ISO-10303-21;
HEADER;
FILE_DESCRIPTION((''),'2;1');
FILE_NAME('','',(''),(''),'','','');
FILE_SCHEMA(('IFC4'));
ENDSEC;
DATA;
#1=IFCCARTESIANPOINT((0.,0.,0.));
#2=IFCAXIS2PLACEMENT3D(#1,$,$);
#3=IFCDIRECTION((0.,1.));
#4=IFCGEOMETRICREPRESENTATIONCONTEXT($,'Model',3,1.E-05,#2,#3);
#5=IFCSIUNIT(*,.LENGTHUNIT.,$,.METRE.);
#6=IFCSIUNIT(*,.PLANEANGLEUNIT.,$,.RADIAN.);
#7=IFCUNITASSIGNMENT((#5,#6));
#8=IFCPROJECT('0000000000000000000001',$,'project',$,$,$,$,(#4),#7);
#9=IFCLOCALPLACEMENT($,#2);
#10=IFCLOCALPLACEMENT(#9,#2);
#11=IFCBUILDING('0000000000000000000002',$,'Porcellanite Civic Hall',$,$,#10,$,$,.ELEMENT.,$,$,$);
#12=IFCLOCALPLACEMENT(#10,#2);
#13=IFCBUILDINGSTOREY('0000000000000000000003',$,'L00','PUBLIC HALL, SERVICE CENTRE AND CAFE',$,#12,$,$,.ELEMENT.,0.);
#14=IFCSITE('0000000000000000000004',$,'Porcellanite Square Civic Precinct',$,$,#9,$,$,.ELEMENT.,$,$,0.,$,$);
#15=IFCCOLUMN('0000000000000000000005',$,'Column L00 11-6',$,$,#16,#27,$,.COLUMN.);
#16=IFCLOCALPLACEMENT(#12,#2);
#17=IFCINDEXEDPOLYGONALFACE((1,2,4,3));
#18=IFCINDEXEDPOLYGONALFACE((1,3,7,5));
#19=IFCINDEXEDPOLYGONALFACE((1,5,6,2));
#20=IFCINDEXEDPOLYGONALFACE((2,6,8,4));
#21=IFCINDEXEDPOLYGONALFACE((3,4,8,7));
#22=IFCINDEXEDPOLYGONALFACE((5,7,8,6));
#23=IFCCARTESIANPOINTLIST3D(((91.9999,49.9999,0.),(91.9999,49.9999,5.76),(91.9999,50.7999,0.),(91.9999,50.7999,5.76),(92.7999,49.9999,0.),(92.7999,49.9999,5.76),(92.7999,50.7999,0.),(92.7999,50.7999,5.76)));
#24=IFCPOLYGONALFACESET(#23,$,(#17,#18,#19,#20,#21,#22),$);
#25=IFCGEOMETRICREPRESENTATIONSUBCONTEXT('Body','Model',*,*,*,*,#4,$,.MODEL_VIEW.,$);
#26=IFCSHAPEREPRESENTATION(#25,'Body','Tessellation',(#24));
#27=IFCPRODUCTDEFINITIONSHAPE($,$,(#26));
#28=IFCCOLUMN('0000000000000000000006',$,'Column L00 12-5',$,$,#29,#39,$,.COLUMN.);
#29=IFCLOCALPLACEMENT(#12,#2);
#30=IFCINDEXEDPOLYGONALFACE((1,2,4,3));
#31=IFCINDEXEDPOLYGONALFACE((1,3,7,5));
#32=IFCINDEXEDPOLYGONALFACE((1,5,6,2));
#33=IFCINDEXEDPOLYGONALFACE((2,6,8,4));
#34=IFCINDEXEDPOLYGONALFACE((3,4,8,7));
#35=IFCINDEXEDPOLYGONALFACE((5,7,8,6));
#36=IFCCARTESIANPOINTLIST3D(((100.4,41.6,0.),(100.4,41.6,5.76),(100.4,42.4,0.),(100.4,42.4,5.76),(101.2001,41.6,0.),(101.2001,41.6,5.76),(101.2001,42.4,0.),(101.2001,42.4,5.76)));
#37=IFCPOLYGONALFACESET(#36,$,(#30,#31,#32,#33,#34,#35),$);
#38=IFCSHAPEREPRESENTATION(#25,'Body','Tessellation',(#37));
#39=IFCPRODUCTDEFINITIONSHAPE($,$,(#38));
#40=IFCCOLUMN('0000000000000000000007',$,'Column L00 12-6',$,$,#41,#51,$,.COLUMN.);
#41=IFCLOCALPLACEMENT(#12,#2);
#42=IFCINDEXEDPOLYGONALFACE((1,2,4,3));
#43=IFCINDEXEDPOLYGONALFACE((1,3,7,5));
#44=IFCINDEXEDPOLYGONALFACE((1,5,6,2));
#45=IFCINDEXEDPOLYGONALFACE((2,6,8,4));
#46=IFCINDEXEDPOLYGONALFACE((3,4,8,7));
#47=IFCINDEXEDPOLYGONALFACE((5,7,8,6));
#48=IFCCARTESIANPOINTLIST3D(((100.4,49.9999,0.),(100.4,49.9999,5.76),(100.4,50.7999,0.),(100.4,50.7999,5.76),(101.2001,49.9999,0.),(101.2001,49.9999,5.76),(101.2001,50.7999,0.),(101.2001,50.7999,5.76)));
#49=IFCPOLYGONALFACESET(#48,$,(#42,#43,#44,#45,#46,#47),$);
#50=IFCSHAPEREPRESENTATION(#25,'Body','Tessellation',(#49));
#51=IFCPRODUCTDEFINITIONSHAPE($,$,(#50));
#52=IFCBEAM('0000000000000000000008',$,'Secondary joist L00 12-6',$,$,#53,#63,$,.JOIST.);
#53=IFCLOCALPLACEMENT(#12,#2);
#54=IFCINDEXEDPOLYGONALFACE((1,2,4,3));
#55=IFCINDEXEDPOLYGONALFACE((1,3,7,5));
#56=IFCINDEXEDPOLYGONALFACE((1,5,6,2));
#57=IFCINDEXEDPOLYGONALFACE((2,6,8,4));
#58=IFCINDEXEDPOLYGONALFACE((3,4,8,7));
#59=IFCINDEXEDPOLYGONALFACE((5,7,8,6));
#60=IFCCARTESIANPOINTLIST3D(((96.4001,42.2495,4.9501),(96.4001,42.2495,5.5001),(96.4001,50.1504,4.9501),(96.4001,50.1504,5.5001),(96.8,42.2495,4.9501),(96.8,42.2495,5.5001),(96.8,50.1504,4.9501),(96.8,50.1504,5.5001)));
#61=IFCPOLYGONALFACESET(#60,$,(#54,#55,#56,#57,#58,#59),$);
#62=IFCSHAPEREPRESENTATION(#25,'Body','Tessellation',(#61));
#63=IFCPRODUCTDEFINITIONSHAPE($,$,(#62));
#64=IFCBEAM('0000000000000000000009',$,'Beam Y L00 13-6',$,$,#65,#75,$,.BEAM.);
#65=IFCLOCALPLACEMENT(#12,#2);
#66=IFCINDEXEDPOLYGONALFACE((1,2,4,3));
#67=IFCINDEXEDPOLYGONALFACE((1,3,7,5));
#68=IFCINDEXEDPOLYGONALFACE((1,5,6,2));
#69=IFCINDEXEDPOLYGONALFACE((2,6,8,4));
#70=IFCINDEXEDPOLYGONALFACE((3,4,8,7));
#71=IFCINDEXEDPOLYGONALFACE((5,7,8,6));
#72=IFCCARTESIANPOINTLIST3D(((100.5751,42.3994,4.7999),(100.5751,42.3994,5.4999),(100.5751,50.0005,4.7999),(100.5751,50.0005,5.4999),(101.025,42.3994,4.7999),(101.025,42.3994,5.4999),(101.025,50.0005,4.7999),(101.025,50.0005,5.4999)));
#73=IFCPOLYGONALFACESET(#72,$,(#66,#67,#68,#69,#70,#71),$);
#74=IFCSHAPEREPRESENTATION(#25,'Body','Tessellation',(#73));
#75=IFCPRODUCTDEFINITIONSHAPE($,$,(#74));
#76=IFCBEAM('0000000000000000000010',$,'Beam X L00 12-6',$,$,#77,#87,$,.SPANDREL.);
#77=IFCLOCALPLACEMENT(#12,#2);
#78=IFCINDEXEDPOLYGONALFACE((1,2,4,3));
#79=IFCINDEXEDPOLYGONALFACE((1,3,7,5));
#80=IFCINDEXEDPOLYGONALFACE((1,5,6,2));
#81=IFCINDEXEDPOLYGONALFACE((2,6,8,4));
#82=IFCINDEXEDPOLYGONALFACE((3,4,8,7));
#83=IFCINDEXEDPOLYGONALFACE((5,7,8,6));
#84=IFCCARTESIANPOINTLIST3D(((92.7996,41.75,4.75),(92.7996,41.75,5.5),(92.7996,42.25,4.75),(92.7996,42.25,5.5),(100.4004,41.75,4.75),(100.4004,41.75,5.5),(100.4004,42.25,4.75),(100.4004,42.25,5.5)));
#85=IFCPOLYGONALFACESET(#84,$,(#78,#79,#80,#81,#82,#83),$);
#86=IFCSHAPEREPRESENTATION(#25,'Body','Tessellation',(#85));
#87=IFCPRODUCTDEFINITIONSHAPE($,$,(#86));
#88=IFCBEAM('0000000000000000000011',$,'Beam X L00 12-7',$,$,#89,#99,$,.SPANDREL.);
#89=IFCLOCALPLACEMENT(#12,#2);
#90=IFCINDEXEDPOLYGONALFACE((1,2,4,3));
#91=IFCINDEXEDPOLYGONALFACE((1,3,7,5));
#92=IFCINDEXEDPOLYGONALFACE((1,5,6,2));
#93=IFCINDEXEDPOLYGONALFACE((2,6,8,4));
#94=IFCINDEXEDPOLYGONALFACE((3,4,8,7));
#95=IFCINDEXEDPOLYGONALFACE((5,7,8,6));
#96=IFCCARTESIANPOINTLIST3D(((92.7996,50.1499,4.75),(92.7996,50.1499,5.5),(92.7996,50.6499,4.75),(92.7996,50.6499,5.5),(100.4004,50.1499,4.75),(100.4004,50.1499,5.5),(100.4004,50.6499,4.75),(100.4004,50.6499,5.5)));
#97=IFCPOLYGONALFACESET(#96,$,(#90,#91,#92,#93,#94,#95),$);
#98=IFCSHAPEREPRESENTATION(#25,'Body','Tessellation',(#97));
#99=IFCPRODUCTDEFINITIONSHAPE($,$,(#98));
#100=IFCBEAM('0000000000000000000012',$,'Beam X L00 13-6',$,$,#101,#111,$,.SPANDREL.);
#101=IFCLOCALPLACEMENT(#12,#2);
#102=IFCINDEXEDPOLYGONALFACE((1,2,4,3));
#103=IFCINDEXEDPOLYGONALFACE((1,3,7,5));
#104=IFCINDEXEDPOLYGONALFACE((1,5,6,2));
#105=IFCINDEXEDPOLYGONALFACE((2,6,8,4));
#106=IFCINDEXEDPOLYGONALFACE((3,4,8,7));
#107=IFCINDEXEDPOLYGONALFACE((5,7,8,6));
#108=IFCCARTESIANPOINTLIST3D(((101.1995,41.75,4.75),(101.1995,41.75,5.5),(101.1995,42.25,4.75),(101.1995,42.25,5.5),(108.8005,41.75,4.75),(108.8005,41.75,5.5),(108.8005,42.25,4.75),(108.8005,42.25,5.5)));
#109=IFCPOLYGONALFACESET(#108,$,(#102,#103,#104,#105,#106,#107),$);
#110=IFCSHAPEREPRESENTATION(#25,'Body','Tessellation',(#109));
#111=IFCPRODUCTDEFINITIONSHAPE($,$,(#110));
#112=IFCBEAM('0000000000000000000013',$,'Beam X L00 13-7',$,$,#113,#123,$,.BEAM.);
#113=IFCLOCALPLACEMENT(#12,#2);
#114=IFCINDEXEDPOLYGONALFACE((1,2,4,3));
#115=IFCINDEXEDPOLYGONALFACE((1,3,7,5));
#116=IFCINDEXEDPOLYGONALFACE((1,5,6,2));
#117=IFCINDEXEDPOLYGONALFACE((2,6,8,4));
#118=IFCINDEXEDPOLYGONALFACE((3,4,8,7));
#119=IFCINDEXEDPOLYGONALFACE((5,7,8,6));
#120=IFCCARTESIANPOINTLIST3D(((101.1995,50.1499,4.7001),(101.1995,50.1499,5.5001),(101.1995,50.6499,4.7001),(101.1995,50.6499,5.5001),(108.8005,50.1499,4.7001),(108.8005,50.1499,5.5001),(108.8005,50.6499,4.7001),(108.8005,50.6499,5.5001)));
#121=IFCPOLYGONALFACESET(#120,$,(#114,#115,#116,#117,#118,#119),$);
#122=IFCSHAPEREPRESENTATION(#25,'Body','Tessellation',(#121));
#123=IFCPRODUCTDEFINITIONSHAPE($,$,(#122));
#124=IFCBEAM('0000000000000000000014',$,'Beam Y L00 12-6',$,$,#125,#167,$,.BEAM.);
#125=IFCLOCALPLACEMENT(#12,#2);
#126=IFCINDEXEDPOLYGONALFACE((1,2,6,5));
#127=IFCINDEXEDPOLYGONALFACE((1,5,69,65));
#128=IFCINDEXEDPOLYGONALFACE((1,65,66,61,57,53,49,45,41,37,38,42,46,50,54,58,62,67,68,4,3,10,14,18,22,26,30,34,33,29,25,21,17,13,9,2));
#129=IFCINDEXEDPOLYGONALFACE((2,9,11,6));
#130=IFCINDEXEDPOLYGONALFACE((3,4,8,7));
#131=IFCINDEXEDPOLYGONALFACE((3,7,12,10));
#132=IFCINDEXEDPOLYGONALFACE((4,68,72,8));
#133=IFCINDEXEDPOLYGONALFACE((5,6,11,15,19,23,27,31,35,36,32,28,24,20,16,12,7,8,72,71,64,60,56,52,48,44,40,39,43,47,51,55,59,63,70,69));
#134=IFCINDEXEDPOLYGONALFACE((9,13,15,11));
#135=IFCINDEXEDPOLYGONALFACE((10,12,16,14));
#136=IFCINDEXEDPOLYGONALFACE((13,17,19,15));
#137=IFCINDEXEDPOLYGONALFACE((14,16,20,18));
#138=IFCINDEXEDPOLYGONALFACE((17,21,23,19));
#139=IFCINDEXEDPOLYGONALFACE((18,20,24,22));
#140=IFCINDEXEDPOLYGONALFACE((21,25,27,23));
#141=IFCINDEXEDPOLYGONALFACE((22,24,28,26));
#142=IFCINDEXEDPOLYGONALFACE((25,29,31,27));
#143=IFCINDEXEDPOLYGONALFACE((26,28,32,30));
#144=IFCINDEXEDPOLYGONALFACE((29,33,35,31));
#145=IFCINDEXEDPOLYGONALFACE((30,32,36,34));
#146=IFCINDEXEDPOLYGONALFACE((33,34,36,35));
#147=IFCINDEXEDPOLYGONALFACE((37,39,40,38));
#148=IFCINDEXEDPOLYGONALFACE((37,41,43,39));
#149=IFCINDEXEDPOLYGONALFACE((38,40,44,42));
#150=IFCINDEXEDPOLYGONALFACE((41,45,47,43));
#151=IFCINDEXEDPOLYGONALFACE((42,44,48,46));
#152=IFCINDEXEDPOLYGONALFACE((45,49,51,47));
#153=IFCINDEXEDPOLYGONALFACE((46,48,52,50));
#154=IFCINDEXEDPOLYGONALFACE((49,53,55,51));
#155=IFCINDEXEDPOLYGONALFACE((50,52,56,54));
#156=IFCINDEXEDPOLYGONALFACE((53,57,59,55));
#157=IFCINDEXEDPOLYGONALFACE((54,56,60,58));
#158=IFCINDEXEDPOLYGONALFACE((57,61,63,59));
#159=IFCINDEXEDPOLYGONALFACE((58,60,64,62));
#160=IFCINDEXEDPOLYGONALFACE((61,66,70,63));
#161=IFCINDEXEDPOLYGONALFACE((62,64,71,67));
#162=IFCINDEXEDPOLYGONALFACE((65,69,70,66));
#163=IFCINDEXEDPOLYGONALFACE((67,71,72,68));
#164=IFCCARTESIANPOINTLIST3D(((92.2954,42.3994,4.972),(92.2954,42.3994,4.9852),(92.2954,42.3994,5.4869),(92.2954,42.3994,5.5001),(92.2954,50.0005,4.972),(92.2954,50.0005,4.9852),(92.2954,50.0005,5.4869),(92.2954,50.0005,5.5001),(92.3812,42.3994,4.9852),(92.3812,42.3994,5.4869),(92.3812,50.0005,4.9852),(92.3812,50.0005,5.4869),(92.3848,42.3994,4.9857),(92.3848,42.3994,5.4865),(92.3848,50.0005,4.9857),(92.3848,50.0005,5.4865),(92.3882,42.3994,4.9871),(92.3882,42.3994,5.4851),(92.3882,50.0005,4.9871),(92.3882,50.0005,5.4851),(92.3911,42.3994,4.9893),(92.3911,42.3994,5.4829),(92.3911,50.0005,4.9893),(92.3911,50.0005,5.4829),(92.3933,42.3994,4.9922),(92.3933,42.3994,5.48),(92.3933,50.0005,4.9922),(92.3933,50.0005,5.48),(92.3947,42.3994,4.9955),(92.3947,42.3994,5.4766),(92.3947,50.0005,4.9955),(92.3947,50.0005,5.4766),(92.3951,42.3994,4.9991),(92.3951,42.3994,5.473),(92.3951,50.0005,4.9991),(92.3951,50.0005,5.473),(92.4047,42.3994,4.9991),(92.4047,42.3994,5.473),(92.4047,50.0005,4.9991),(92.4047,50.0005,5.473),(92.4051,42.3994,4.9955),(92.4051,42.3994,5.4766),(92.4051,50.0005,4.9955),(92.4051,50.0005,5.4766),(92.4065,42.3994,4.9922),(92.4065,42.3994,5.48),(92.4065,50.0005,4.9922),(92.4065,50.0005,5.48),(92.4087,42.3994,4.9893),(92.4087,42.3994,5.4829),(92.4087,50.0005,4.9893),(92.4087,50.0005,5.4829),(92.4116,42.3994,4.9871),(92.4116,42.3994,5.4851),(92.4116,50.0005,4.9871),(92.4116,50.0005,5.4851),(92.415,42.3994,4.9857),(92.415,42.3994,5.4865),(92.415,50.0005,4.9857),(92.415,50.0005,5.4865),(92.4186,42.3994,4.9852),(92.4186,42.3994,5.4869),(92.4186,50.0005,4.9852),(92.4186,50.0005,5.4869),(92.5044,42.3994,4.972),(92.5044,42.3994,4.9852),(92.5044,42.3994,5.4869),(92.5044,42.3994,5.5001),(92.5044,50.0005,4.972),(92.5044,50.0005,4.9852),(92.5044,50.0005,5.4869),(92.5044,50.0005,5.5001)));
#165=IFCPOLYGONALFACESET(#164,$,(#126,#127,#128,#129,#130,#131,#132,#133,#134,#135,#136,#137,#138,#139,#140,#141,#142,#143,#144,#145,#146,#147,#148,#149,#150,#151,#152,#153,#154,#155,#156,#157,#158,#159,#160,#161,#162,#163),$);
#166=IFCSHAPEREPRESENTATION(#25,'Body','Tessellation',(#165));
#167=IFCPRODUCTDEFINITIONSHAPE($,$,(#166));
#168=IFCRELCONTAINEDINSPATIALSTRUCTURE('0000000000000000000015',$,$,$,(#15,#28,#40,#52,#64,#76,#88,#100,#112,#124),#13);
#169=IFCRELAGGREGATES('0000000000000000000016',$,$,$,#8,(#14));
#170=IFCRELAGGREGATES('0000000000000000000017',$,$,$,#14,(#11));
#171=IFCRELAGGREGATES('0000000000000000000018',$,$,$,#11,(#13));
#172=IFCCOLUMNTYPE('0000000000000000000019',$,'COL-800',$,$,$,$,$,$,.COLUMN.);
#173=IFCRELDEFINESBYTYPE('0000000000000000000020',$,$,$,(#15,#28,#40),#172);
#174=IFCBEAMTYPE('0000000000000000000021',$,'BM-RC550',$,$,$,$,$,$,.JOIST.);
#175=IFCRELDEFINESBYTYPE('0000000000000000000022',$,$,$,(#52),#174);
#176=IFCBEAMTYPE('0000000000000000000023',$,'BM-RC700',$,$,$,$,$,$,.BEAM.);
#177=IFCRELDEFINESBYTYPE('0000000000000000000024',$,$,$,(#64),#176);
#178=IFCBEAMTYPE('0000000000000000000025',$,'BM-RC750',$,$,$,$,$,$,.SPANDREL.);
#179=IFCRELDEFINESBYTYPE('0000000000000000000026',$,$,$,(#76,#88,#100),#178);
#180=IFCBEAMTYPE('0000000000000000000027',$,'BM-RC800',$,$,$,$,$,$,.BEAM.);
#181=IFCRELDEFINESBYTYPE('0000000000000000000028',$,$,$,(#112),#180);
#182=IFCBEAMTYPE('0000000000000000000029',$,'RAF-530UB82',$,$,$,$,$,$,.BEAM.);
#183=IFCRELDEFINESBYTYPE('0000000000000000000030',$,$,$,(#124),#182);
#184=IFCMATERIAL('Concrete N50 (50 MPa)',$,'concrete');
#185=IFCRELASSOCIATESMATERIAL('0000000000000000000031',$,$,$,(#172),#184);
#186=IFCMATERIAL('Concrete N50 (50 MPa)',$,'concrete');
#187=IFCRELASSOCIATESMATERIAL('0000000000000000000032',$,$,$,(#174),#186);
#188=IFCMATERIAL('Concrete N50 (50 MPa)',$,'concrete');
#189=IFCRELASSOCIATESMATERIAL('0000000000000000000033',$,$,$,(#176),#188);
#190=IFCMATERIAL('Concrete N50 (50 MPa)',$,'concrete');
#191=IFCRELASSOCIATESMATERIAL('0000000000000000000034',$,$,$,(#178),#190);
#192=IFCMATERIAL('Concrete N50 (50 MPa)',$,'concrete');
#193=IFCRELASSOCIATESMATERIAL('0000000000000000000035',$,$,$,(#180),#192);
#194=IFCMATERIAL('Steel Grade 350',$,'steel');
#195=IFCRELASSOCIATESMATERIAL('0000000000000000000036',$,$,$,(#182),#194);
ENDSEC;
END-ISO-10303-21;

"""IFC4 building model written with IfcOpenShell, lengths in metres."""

from ifc_helpers import new_model, si_unit, direction, frame, origin, origin_2d, place, context, subcontext, project, spatial, rectangle, i_section, extrude, material, material_profile, profile_set, type_object, element, save


model = new_model("IFC4")

# Units and contexts
model_context = context("Model", 3, precision=1e-05, world=origin(), true_north=direction((0.0, 1.0)))
body_context = subcontext(model_context, "Body", "Model", "MODEL_VIEW")
ifc_project = project(units=[si_unit("LENGTHUNIT", "METRE"), si_unit("PLANEANGLEUNIT", "RADIAN")], contexts=[model_context])

# Site, building, storey
site_placement = place(None, origin())
site = spatial("IfcSite", under=ifc_project, at=site_placement, Name="Porcellanite Square Civic Precinct", CompositionType="ELEMENT", RefElevation=0.0)
building_placement = place(site_placement, origin())
building = spatial("IfcBuilding", under=site, at=building_placement, Name="Porcellanite Civic Hall", CompositionType="ELEMENT")
storey_placement = place(building_placement, origin())
storey = spatial("IfcBuildingStorey", under=building, at=storey_placement, Name="L00", Description="PUBLIC HALL, SERVICE CENTRE AND CAFE", CompositionType="ELEMENT", Elevation=0.0)

# Columns
ifc_material_1 = material(Name="Concrete N50 (50 MPa)", Category="concrete")
ifc_material_profile_1 = material_profile(ifc_material_1, rectangle(XDim=0.8, YDim=0.8, at=origin_2d()), Name="RC-800x800")
ifc_profile_set_1 = profile_set([ifc_material_profile_1], Name="Concrete N50 (50 MPa)")
column_type = type_object("IfcColumnType", Name="COL-800", PredefinedType="COLUMN", material=ifc_profile_set_1)
for number, where, z_axis, x_axis, name in (
    (1, (92.3999, 50.3999, 0.0), (0.0, 0.0, 1.0), (1.0, 0.0, 0.0), "Column L00 11-6"),
    (2, (100.8, 42.0, 0.0), (0.0, 0.0, 1.0), (1.0, 0.0, 0.0), "Column L00 12-5"),
    (3, (100.8, 50.3999, 0.0), (0.0, 0.0, 1.0), (1.0, 0.0, 0.0), "Column L00 12-6"),
):
    element("IfcColumn", number, at=place(storey_placement, frame(where, z_axis=z_axis, x_axis=x_axis)), inside=storey, type_object=column_type, Name=name, PredefinedType="COLUMN", context=body_context, shape_type="SweptSolid", body=[
        extrude(rectangle(XDim=0.8, YDim=0.8, at=origin_2d()), origin(), (0.0, 0.0, 1.0), 5.76),
    ])

# Beams
ifc_material_2 = material(Name="Concrete N50 (50 MPa)", Category="concrete")
ifc_material_profile_2 = material_profile(ifc_material_2, rectangle(XDim=0.3999, YDim=0.55, at=origin_2d()), Name="RC-400x550")
ifc_profile_set_2 = profile_set([ifc_material_profile_2], Name="Concrete N50 (50 MPa)")
beam_type_1 = type_object("IfcBeamType", Name="BM-RC550", PredefinedType="JOIST", material=ifc_profile_set_2)
beam_1_placement = place(storey_placement, frame((96.6001, 42.2495, 5.2251), z_axis=(0.0, 1.0, 0.0), x_axis=(-1.0, 0.0, 0.0)))
element("IfcBeam", 4, at=beam_1_placement, inside=storey, type_object=beam_type_1, Name="Secondary joist L00 12-6", PredefinedType="JOIST", context=body_context, shape_type="SweptSolid", body=[
    extrude(rectangle(XDim=0.3999, YDim=0.55, at=origin_2d()), origin(), (0.0, 0.0, 1.0), 7.9009),
])
ifc_material_3 = material(Name="Concrete N50 (50 MPa)", Category="concrete")
ifc_material_profile_3 = material_profile(ifc_material_3, rectangle(XDim=0.45, YDim=0.7, at=origin_2d()), Name="RC-450x700")
ifc_profile_set_3 = profile_set([ifc_material_profile_3], Name="Concrete N50 (50 MPa)")
beam_type_2 = type_object("IfcBeamType", Name="BM-RC700", PredefinedType="BEAM", material=ifc_profile_set_3)
beam_2_placement = place(storey_placement, frame((100.8, 42.3994, 5.1499), z_axis=(0.0, 1.0, 0.0), x_axis=(-1.0, 0.0, 0.0)))
element("IfcBeam", 5, at=beam_2_placement, inside=storey, type_object=beam_type_2, Name="Beam Y L00 13-6", PredefinedType="BEAM", context=body_context, shape_type="SweptSolid", body=[
    extrude(rectangle(XDim=0.45, YDim=0.7, at=origin_2d()), origin(), (0.0, 0.0, 1.0), 7.6011),
])
ifc_material_4 = material(Name="Concrete N50 (50 MPa)", Category="concrete")
ifc_material_profile_4 = material_profile(ifc_material_4, rectangle(XDim=0.5, YDim=0.75, at=origin_2d()), Name="RC-500x750")
ifc_profile_set_4 = profile_set([ifc_material_profile_4], Name="Concrete N50 (50 MPa)")
beam_type_3 = type_object("IfcBeamType", Name="BM-RC750", PredefinedType="SPANDREL", material=ifc_profile_set_4)
for number, where, z_axis, x_axis, name in (
    (6, (92.7996, 42.0, 5.125), (1.0, 0.0, 0.0), (0.0, 1.0, 0.0), "Beam X L00 12-6"),
    (7, (92.7996, 50.3999, 5.125), (1.0, 0.0, 0.0), (0.0, 1.0, 0.0), "Beam X L00 12-7"),
):
    element("IfcBeam", number, at=place(storey_placement, frame(where, z_axis=z_axis, x_axis=x_axis)), inside=storey, type_object=beam_type_3, Name=name, PredefinedType="SPANDREL", context=body_context, shape_type="SweptSolid", body=[
        extrude(rectangle(XDim=0.5, YDim=0.75, at=origin_2d()), origin(), (0.0, 0.0, 1.0), 7.6008),
    ])
beam_3_placement = place(storey_placement, frame((101.1995, 42.0, 5.125), z_axis=(1.0, 0.0, 0.0), x_axis=(0.0, 1.0, 0.0)))
element("IfcBeam", 8, at=beam_3_placement, inside=storey, type_object=beam_type_3, Name="Beam X L00 13-6", PredefinedType="SPANDREL", context=body_context, shape_type="SweptSolid", body=[
    extrude(rectangle(XDim=0.5, YDim=0.75, at=origin_2d()), origin(), (0.0, 0.0, 1.0), 7.6011),
])
ifc_material_5 = material(Name="Concrete N50 (50 MPa)", Category="concrete")
ifc_material_profile_5 = material_profile(ifc_material_5, rectangle(XDim=0.5, YDim=0.8, at=origin_2d()), Name="RC-500x800")
ifc_profile_set_5 = profile_set([ifc_material_profile_5], Name="Concrete N50 (50 MPa)")
beam_type_4 = type_object("IfcBeamType", Name="BM-RC800", PredefinedType="BEAM", material=ifc_profile_set_5)
beam_4_placement = place(storey_placement, frame((101.1995, 50.3999, 5.1001), z_axis=(1.0, 0.0, 0.0), x_axis=(0.0, 1.0, 0.0)))
element("IfcBeam", 9, at=beam_4_placement, inside=storey, type_object=beam_type_4, Name="Beam X L00 13-7", PredefinedType="BEAM", context=body_context, shape_type="SweptSolid", body=[
    extrude(rectangle(XDim=0.5, YDim=0.8, at=origin_2d()), origin(), (0.0, 0.0, 1.0), 7.6011),
])
ifc_material_6 = material(Name="Steel Grade 350", Category="steel")
ifc_material_profile_6 = material_profile(ifc_material_6, i_section(OverallWidth=0.209, OverallDepth=0.5281, WebThickness=0.0095, FlangeThickness=0.0132, FilletRadius=0.0139, at=origin_2d()), Name="530UB82.0")
ifc_profile_set_6 = profile_set([ifc_material_profile_6], Name="Steel Grade 350")
beam_type_5 = type_object("IfcBeamType", Name="RAF-530UB82", PredefinedType="BEAM", material=ifc_profile_set_6)
beam_5_placement = place(storey_placement, frame((92.3999, 42.3994, 5.2361), z_axis=(0.0, 1.0, 0.0), x_axis=(-1.0, 0.0, 0.0)))
element("IfcBeam", 10, at=beam_5_placement, inside=storey, type_object=beam_type_5, Name="Beam Y L00 12-6", PredefinedType="BEAM", context=body_context, shape_type="SweptSolid", body=[
    extrude(i_section(OverallWidth=0.209, OverallDepth=0.5281, WebThickness=0.0095, FlangeThickness=0.0132, FilletRadius=0.0139, at=origin_2d()), origin(), (0.0, 0.0, 1.0), 7.6011),
])

save(model, "model.ifc")
